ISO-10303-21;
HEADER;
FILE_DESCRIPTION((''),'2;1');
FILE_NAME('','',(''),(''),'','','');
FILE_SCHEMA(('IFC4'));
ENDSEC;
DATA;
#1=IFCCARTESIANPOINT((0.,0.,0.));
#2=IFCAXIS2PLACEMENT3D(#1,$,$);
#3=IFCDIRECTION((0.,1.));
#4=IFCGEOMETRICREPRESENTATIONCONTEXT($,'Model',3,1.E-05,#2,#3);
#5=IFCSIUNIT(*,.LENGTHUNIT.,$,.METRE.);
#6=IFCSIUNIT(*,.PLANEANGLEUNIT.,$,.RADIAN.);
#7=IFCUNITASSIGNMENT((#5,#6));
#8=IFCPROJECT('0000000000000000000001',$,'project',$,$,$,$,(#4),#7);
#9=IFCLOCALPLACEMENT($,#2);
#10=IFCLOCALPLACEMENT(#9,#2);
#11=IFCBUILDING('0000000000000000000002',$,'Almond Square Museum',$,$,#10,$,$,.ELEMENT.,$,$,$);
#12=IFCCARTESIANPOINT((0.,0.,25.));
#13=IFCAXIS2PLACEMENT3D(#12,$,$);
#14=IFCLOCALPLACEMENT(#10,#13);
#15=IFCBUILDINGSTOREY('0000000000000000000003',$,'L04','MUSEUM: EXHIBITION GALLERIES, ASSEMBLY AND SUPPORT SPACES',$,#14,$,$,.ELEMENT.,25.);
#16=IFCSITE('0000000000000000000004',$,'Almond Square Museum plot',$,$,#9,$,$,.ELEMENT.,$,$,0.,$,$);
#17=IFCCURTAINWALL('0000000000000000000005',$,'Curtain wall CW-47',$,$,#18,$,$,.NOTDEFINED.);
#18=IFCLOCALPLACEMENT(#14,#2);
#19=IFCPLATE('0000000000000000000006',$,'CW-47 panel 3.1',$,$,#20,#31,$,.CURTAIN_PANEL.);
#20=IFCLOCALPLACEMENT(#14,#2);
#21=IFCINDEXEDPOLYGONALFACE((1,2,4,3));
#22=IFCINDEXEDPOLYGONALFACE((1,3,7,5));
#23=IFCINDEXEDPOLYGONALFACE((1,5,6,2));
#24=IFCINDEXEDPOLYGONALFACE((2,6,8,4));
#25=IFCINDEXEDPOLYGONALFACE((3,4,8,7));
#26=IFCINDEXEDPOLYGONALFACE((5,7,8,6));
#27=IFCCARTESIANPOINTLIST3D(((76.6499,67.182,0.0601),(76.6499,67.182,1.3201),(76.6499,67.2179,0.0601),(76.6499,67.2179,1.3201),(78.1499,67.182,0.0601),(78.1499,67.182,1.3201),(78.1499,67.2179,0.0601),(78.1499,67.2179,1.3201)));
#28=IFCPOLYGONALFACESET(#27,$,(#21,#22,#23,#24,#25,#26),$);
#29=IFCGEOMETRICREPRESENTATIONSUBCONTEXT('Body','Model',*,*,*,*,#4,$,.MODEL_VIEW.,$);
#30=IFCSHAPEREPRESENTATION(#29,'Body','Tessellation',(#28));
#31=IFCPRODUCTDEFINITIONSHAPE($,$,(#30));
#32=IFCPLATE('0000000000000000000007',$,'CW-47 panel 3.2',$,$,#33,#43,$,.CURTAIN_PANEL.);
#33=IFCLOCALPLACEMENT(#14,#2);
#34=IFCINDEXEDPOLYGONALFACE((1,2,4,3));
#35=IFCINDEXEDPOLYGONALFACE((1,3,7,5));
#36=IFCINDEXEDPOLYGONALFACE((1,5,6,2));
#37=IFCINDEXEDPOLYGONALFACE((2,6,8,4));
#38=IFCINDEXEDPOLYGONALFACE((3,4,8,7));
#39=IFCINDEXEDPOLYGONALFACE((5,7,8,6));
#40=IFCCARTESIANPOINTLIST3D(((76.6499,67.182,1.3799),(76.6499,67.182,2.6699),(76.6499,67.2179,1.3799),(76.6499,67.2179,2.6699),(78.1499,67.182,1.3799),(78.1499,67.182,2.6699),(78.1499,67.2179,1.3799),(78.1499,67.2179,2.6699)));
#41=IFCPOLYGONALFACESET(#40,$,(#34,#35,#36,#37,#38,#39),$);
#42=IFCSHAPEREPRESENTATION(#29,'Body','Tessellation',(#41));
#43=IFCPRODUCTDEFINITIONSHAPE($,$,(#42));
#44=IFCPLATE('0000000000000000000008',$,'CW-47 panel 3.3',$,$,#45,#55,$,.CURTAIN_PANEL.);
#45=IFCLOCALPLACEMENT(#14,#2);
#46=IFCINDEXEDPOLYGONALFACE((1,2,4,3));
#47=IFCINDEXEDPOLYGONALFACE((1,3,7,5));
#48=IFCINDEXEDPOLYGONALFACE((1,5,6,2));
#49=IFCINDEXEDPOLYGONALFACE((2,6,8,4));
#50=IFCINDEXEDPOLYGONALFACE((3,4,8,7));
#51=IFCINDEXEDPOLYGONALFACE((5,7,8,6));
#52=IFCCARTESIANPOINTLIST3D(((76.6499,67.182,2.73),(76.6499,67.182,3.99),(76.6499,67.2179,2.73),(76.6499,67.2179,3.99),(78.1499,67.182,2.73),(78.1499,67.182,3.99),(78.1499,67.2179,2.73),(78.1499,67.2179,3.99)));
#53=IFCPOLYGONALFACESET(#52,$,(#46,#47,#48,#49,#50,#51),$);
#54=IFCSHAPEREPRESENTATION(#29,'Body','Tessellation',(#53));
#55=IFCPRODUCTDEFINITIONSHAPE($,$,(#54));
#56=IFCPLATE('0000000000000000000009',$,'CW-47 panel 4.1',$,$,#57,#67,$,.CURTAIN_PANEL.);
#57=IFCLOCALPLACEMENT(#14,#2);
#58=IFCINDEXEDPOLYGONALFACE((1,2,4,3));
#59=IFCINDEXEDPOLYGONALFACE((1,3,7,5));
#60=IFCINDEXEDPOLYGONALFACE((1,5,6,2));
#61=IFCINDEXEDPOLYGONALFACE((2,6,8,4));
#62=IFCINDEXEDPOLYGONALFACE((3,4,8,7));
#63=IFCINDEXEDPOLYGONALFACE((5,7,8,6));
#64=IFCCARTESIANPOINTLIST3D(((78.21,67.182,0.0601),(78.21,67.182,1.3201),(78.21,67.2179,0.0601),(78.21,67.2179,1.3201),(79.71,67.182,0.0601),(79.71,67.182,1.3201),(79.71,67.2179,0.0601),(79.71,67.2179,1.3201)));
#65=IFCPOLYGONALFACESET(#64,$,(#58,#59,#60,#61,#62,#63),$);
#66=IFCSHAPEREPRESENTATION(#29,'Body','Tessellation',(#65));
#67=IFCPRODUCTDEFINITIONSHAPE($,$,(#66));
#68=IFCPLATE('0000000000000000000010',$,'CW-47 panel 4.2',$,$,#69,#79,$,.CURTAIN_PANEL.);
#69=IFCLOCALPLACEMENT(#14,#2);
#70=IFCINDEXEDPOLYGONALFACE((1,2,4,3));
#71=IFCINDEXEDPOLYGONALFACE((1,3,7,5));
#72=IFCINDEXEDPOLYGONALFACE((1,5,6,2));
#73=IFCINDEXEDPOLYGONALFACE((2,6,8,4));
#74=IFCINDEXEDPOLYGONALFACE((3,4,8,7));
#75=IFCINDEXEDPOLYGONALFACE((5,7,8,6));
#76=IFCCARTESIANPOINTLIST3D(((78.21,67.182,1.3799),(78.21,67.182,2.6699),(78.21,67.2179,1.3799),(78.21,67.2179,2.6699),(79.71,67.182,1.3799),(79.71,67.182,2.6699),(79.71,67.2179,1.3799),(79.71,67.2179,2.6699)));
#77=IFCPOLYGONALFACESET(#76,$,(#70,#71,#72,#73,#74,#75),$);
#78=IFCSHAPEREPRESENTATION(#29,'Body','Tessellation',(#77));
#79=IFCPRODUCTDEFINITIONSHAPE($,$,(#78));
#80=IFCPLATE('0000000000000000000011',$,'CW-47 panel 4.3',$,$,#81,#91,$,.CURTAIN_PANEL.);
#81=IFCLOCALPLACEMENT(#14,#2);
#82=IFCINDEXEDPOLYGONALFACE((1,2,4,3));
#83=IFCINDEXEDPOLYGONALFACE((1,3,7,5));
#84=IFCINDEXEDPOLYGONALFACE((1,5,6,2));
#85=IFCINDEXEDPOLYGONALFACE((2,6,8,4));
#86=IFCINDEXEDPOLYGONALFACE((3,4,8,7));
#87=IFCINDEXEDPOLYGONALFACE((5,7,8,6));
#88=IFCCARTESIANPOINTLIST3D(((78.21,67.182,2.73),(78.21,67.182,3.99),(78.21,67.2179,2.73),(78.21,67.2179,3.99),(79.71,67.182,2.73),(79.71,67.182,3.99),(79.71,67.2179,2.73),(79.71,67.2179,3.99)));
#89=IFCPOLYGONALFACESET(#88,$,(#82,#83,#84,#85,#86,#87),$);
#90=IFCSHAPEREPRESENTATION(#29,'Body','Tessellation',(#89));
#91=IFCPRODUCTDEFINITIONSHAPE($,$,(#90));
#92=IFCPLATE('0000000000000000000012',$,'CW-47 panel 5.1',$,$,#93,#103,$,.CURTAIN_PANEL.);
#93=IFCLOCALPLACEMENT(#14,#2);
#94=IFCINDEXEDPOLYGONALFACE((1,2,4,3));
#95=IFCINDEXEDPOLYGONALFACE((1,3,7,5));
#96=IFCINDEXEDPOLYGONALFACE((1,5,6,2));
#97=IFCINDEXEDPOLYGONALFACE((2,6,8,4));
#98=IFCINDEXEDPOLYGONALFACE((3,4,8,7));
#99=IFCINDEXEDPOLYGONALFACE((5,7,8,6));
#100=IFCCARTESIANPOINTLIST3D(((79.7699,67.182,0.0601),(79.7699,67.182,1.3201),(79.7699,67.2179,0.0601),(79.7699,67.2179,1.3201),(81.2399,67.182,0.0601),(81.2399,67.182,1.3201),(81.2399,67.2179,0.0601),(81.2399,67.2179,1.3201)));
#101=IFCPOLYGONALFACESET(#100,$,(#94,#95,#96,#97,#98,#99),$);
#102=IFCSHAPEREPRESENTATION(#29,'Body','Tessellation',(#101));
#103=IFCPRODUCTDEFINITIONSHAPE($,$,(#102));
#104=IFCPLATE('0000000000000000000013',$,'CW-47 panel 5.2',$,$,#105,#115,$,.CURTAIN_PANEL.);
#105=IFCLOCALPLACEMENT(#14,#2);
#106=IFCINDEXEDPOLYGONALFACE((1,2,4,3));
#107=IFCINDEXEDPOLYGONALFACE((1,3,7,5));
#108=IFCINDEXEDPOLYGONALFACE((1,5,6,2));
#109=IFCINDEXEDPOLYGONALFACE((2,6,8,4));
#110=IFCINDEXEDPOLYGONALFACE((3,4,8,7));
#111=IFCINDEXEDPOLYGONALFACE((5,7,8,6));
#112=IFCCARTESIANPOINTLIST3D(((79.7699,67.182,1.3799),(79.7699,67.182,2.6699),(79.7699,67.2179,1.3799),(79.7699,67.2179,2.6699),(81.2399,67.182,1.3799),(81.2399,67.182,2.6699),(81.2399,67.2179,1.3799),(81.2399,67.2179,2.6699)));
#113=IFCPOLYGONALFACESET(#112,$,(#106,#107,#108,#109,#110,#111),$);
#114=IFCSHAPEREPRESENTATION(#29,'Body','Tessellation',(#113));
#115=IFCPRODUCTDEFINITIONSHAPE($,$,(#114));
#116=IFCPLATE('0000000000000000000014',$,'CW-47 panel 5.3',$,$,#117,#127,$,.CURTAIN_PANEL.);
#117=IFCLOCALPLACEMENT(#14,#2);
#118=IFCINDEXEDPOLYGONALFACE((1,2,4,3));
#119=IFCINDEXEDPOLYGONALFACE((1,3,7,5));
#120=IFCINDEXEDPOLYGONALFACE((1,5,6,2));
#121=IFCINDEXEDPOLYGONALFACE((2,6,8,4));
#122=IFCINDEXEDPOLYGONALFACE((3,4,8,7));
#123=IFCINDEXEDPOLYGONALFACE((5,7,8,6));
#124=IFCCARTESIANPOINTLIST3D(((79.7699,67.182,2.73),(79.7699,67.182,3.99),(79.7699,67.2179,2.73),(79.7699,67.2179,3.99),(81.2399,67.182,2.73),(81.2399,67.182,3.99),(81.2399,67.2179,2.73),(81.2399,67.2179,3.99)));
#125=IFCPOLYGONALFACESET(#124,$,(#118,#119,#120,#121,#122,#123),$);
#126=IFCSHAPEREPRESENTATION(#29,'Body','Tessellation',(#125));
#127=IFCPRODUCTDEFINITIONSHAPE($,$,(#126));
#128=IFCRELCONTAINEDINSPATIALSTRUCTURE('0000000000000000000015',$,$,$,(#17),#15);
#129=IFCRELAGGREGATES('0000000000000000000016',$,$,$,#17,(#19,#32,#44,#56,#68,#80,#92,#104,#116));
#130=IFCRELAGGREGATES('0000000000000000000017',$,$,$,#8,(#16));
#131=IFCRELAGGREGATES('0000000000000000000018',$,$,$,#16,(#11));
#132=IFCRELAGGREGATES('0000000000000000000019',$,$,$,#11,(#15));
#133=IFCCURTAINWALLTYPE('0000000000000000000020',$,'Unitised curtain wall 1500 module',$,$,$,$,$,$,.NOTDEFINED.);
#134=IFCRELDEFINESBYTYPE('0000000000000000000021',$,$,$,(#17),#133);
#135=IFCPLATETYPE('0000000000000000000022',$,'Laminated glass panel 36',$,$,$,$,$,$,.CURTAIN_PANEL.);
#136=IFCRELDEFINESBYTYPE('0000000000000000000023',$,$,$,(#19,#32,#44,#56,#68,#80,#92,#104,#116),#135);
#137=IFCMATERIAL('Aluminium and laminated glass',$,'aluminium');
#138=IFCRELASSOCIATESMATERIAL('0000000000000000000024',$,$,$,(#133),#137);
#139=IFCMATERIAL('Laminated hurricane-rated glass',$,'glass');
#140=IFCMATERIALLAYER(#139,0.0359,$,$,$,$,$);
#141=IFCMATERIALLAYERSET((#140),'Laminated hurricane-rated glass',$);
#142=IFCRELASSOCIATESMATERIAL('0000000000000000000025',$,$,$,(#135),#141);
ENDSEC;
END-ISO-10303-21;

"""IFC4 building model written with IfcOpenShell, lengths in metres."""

from ifc_helpers import new_model, si_unit, direction, frame, origin, origin_2d, place, context, subcontext, project, spatial, rectangle, extrude, material, layer, layer_set, type_object, element, aggregate, save


model = new_model("IFC4")

# Units and contexts
model_context = context("Model", 3, precision=1e-05, world=origin(), true_north=direction((0.0, 1.0)))
body_context = subcontext(model_context, "Body", "Model", "MODEL_VIEW")
ifc_project = project(units=[si_unit("LENGTHUNIT", "METRE"), si_unit("PLANEANGLEUNIT", "RADIAN")], contexts=[model_context])

# Site, building, storey
site_placement = place(None, origin())
site = spatial("IfcSite", under=ifc_project, at=site_placement, Name="Almond Square Museum plot", CompositionType="ELEMENT", RefElevation=0.0)
building_placement = place(site_placement, origin())
building = spatial("IfcBuilding", under=site, at=building_placement, Name="Almond Square Museum", CompositionType="ELEMENT")
storey_placement = place(building_placement, frame((0.0, 0.0, 25.0)))
storey = spatial("IfcBuildingStorey", under=building, at=storey_placement, Name="L04", Description="MUSEUM: EXHIBITION GALLERIES, ASSEMBLY AND SUPPORT SPACES", CompositionType="ELEMENT", Elevation=25.0)

# Curtain wall
ifc_material_1 = material(Name="Aluminium and laminated glass", Category="aluminium")
curtain_wall_type = type_object("IfcCurtainWallType", Name="Unitised curtain wall 1500 module", PredefinedType="NOTDEFINED", material=ifc_material_1)
curtain_wall_1_placement = place(storey_placement, origin())
curtain_wall_1 = element("IfcCurtainWall", 1, at=curtain_wall_1_placement, inside=storey, type_object=curtain_wall_type, Name="Curtain wall CW-47", PredefinedType="NOTDEFINED")

# Plates
ifc_material_2 = material(Name="Laminated hurricane-rated glass", Category="glass")
ifc_layer = layer(ifc_material_2, 0.0359)
ifc_layer_set = layer_set([ifc_layer], Name="Laminated hurricane-rated glass")
plate_type = type_object("IfcPlateType", Name="Laminated glass panel 36", PredefinedType="CURTAIN_PANEL", material=ifc_layer_set)
plate_1_placement = place(storey_placement, frame((77.3999, 67.2, 0.0601), z_axis=(0.0, 0.0, 1.0), x_axis=(1.0, 0.0, 0.0)))
plate_1 = element("IfcPlate", 2, at=plate_1_placement, type_object=plate_type, Name="CW-47 panel 3.1", PredefinedType="CURTAIN_PANEL", context=body_context, shape_type="SweptSolid", body=[
    extrude(rectangle(XDim=1.5, YDim=0.0359, at=origin_2d()), origin(), (0.0, 0.0, 1.0), 1.26),
])
plate_2_placement = place(storey_placement, frame((77.3999, 67.2, 1.3799), z_axis=(0.0, 0.0, 1.0), x_axis=(1.0, 0.0, 0.0)))
plate_2 = element("IfcPlate", 3, at=plate_2_placement, type_object=plate_type, Name="CW-47 panel 3.2", PredefinedType="CURTAIN_PANEL", context=body_context, shape_type="SweptSolid", body=[
    extrude(rectangle(XDim=1.5, YDim=0.0359, at=origin_2d()), origin(), (0.0, 0.0, 1.0), 1.29),
])
plate_3_placement = place(storey_placement, frame((77.3999, 67.2, 2.73), z_axis=(0.0, 0.0, 1.0), x_axis=(1.0, 0.0, 0.0)))
plate_3 = element("IfcPlate", 4, at=plate_3_placement, type_object=plate_type, Name="CW-47 panel 3.3", PredefinedType="CURTAIN_PANEL", context=body_context, shape_type="SweptSolid", body=[
    extrude(rectangle(XDim=1.5, YDim=0.0359, at=origin_2d()), origin(), (0.0, 0.0, 1.0), 1.26),
])
plate_4_placement = place(storey_placement, frame((78.96, 67.2, 0.0601), z_axis=(0.0, 0.0, 1.0), x_axis=(1.0, 0.0, 0.0)))
plate_4 = element("IfcPlate", 5, at=plate_4_placement, type_object=plate_type, Name="CW-47 panel 4.1", PredefinedType="CURTAIN_PANEL", context=body_context, shape_type="SweptSolid", body=[
    extrude(rectangle(XDim=1.5, YDim=0.0359, at=origin_2d()), origin(), (0.0, 0.0, 1.0), 1.26),
])
plate_5_placement = place(storey_placement, frame((78.96, 67.2, 1.3799), z_axis=(0.0, 0.0, 1.0), x_axis=(1.0, 0.0, 0.0)))
plate_5 = element("IfcPlate", 6, at=plate_5_placement, type_object=plate_type, Name="CW-47 panel 4.2", PredefinedType="CURTAIN_PANEL", context=body_context, shape_type="SweptSolid", body=[
    extrude(rectangle(XDim=1.5, YDim=0.0359, at=origin_2d()), origin(), (0.0, 0.0, 1.0), 1.29),
])
plate_6_placement = place(storey_placement, frame((78.96, 67.2, 2.73), z_axis=(0.0, 0.0, 1.0), x_axis=(1.0, 0.0, 0.0)))
plate_6 = element("IfcPlate", 7, at=plate_6_placement, type_object=plate_type, Name="CW-47 panel 4.3", PredefinedType="CURTAIN_PANEL", context=body_context, shape_type="SweptSolid", body=[
    extrude(rectangle(XDim=1.5, YDim=0.0359, at=origin_2d()), origin(), (0.0, 0.0, 1.0), 1.26),
])
plate_7_placement = place(storey_placement, frame((80.5049, 67.2, 0.0601), z_axis=(0.0, 0.0, 1.0), x_axis=(1.0, 0.0, 0.0)))
plate_7 = element("IfcPlate", 8, at=plate_7_placement, type_object=plate_type, Name="CW-47 panel 5.1", PredefinedType="CURTAIN_PANEL", context=body_context, shape_type="SweptSolid", body=[
    extrude(rectangle(XDim=1.47, YDim=0.0359, at=origin_2d()), origin(), (0.0, 0.0, 1.0), 1.26),
])
plate_8_placement = place(storey_placement, frame((80.5049, 67.2, 1.3799), z_axis=(0.0, 0.0, 1.0), x_axis=(1.0, 0.0, 0.0)))
plate_8 = element("IfcPlate", 9, at=plate_8_placement, type_object=plate_type, Name="CW-47 panel 5.2", PredefinedType="CURTAIN_PANEL", context=body_context, shape_type="SweptSolid", body=[
    extrude(rectangle(XDim=1.47, YDim=0.0359, at=origin_2d()), origin(), (0.0, 0.0, 1.0), 1.29),
])
plate_9_placement = place(storey_placement, frame((80.5049, 67.2, 2.73), z_axis=(0.0, 0.0, 1.0), x_axis=(1.0, 0.0, 0.0)))
plate_9 = element("IfcPlate", 10, at=plate_9_placement, type_object=plate_type, Name="CW-47 panel 5.3", PredefinedType="CURTAIN_PANEL", context=body_context, shape_type="SweptSolid", body=[
    extrude(rectangle(XDim=1.47, YDim=0.0359, at=origin_2d()), origin(), (0.0, 0.0, 1.0), 1.26),
])
aggregate(curtain_wall_1, [plate_1, plate_2, plate_3, plate_4, plate_5, plate_6, plate_7, plate_8, plate_9])

save(model, "model.ifc")
